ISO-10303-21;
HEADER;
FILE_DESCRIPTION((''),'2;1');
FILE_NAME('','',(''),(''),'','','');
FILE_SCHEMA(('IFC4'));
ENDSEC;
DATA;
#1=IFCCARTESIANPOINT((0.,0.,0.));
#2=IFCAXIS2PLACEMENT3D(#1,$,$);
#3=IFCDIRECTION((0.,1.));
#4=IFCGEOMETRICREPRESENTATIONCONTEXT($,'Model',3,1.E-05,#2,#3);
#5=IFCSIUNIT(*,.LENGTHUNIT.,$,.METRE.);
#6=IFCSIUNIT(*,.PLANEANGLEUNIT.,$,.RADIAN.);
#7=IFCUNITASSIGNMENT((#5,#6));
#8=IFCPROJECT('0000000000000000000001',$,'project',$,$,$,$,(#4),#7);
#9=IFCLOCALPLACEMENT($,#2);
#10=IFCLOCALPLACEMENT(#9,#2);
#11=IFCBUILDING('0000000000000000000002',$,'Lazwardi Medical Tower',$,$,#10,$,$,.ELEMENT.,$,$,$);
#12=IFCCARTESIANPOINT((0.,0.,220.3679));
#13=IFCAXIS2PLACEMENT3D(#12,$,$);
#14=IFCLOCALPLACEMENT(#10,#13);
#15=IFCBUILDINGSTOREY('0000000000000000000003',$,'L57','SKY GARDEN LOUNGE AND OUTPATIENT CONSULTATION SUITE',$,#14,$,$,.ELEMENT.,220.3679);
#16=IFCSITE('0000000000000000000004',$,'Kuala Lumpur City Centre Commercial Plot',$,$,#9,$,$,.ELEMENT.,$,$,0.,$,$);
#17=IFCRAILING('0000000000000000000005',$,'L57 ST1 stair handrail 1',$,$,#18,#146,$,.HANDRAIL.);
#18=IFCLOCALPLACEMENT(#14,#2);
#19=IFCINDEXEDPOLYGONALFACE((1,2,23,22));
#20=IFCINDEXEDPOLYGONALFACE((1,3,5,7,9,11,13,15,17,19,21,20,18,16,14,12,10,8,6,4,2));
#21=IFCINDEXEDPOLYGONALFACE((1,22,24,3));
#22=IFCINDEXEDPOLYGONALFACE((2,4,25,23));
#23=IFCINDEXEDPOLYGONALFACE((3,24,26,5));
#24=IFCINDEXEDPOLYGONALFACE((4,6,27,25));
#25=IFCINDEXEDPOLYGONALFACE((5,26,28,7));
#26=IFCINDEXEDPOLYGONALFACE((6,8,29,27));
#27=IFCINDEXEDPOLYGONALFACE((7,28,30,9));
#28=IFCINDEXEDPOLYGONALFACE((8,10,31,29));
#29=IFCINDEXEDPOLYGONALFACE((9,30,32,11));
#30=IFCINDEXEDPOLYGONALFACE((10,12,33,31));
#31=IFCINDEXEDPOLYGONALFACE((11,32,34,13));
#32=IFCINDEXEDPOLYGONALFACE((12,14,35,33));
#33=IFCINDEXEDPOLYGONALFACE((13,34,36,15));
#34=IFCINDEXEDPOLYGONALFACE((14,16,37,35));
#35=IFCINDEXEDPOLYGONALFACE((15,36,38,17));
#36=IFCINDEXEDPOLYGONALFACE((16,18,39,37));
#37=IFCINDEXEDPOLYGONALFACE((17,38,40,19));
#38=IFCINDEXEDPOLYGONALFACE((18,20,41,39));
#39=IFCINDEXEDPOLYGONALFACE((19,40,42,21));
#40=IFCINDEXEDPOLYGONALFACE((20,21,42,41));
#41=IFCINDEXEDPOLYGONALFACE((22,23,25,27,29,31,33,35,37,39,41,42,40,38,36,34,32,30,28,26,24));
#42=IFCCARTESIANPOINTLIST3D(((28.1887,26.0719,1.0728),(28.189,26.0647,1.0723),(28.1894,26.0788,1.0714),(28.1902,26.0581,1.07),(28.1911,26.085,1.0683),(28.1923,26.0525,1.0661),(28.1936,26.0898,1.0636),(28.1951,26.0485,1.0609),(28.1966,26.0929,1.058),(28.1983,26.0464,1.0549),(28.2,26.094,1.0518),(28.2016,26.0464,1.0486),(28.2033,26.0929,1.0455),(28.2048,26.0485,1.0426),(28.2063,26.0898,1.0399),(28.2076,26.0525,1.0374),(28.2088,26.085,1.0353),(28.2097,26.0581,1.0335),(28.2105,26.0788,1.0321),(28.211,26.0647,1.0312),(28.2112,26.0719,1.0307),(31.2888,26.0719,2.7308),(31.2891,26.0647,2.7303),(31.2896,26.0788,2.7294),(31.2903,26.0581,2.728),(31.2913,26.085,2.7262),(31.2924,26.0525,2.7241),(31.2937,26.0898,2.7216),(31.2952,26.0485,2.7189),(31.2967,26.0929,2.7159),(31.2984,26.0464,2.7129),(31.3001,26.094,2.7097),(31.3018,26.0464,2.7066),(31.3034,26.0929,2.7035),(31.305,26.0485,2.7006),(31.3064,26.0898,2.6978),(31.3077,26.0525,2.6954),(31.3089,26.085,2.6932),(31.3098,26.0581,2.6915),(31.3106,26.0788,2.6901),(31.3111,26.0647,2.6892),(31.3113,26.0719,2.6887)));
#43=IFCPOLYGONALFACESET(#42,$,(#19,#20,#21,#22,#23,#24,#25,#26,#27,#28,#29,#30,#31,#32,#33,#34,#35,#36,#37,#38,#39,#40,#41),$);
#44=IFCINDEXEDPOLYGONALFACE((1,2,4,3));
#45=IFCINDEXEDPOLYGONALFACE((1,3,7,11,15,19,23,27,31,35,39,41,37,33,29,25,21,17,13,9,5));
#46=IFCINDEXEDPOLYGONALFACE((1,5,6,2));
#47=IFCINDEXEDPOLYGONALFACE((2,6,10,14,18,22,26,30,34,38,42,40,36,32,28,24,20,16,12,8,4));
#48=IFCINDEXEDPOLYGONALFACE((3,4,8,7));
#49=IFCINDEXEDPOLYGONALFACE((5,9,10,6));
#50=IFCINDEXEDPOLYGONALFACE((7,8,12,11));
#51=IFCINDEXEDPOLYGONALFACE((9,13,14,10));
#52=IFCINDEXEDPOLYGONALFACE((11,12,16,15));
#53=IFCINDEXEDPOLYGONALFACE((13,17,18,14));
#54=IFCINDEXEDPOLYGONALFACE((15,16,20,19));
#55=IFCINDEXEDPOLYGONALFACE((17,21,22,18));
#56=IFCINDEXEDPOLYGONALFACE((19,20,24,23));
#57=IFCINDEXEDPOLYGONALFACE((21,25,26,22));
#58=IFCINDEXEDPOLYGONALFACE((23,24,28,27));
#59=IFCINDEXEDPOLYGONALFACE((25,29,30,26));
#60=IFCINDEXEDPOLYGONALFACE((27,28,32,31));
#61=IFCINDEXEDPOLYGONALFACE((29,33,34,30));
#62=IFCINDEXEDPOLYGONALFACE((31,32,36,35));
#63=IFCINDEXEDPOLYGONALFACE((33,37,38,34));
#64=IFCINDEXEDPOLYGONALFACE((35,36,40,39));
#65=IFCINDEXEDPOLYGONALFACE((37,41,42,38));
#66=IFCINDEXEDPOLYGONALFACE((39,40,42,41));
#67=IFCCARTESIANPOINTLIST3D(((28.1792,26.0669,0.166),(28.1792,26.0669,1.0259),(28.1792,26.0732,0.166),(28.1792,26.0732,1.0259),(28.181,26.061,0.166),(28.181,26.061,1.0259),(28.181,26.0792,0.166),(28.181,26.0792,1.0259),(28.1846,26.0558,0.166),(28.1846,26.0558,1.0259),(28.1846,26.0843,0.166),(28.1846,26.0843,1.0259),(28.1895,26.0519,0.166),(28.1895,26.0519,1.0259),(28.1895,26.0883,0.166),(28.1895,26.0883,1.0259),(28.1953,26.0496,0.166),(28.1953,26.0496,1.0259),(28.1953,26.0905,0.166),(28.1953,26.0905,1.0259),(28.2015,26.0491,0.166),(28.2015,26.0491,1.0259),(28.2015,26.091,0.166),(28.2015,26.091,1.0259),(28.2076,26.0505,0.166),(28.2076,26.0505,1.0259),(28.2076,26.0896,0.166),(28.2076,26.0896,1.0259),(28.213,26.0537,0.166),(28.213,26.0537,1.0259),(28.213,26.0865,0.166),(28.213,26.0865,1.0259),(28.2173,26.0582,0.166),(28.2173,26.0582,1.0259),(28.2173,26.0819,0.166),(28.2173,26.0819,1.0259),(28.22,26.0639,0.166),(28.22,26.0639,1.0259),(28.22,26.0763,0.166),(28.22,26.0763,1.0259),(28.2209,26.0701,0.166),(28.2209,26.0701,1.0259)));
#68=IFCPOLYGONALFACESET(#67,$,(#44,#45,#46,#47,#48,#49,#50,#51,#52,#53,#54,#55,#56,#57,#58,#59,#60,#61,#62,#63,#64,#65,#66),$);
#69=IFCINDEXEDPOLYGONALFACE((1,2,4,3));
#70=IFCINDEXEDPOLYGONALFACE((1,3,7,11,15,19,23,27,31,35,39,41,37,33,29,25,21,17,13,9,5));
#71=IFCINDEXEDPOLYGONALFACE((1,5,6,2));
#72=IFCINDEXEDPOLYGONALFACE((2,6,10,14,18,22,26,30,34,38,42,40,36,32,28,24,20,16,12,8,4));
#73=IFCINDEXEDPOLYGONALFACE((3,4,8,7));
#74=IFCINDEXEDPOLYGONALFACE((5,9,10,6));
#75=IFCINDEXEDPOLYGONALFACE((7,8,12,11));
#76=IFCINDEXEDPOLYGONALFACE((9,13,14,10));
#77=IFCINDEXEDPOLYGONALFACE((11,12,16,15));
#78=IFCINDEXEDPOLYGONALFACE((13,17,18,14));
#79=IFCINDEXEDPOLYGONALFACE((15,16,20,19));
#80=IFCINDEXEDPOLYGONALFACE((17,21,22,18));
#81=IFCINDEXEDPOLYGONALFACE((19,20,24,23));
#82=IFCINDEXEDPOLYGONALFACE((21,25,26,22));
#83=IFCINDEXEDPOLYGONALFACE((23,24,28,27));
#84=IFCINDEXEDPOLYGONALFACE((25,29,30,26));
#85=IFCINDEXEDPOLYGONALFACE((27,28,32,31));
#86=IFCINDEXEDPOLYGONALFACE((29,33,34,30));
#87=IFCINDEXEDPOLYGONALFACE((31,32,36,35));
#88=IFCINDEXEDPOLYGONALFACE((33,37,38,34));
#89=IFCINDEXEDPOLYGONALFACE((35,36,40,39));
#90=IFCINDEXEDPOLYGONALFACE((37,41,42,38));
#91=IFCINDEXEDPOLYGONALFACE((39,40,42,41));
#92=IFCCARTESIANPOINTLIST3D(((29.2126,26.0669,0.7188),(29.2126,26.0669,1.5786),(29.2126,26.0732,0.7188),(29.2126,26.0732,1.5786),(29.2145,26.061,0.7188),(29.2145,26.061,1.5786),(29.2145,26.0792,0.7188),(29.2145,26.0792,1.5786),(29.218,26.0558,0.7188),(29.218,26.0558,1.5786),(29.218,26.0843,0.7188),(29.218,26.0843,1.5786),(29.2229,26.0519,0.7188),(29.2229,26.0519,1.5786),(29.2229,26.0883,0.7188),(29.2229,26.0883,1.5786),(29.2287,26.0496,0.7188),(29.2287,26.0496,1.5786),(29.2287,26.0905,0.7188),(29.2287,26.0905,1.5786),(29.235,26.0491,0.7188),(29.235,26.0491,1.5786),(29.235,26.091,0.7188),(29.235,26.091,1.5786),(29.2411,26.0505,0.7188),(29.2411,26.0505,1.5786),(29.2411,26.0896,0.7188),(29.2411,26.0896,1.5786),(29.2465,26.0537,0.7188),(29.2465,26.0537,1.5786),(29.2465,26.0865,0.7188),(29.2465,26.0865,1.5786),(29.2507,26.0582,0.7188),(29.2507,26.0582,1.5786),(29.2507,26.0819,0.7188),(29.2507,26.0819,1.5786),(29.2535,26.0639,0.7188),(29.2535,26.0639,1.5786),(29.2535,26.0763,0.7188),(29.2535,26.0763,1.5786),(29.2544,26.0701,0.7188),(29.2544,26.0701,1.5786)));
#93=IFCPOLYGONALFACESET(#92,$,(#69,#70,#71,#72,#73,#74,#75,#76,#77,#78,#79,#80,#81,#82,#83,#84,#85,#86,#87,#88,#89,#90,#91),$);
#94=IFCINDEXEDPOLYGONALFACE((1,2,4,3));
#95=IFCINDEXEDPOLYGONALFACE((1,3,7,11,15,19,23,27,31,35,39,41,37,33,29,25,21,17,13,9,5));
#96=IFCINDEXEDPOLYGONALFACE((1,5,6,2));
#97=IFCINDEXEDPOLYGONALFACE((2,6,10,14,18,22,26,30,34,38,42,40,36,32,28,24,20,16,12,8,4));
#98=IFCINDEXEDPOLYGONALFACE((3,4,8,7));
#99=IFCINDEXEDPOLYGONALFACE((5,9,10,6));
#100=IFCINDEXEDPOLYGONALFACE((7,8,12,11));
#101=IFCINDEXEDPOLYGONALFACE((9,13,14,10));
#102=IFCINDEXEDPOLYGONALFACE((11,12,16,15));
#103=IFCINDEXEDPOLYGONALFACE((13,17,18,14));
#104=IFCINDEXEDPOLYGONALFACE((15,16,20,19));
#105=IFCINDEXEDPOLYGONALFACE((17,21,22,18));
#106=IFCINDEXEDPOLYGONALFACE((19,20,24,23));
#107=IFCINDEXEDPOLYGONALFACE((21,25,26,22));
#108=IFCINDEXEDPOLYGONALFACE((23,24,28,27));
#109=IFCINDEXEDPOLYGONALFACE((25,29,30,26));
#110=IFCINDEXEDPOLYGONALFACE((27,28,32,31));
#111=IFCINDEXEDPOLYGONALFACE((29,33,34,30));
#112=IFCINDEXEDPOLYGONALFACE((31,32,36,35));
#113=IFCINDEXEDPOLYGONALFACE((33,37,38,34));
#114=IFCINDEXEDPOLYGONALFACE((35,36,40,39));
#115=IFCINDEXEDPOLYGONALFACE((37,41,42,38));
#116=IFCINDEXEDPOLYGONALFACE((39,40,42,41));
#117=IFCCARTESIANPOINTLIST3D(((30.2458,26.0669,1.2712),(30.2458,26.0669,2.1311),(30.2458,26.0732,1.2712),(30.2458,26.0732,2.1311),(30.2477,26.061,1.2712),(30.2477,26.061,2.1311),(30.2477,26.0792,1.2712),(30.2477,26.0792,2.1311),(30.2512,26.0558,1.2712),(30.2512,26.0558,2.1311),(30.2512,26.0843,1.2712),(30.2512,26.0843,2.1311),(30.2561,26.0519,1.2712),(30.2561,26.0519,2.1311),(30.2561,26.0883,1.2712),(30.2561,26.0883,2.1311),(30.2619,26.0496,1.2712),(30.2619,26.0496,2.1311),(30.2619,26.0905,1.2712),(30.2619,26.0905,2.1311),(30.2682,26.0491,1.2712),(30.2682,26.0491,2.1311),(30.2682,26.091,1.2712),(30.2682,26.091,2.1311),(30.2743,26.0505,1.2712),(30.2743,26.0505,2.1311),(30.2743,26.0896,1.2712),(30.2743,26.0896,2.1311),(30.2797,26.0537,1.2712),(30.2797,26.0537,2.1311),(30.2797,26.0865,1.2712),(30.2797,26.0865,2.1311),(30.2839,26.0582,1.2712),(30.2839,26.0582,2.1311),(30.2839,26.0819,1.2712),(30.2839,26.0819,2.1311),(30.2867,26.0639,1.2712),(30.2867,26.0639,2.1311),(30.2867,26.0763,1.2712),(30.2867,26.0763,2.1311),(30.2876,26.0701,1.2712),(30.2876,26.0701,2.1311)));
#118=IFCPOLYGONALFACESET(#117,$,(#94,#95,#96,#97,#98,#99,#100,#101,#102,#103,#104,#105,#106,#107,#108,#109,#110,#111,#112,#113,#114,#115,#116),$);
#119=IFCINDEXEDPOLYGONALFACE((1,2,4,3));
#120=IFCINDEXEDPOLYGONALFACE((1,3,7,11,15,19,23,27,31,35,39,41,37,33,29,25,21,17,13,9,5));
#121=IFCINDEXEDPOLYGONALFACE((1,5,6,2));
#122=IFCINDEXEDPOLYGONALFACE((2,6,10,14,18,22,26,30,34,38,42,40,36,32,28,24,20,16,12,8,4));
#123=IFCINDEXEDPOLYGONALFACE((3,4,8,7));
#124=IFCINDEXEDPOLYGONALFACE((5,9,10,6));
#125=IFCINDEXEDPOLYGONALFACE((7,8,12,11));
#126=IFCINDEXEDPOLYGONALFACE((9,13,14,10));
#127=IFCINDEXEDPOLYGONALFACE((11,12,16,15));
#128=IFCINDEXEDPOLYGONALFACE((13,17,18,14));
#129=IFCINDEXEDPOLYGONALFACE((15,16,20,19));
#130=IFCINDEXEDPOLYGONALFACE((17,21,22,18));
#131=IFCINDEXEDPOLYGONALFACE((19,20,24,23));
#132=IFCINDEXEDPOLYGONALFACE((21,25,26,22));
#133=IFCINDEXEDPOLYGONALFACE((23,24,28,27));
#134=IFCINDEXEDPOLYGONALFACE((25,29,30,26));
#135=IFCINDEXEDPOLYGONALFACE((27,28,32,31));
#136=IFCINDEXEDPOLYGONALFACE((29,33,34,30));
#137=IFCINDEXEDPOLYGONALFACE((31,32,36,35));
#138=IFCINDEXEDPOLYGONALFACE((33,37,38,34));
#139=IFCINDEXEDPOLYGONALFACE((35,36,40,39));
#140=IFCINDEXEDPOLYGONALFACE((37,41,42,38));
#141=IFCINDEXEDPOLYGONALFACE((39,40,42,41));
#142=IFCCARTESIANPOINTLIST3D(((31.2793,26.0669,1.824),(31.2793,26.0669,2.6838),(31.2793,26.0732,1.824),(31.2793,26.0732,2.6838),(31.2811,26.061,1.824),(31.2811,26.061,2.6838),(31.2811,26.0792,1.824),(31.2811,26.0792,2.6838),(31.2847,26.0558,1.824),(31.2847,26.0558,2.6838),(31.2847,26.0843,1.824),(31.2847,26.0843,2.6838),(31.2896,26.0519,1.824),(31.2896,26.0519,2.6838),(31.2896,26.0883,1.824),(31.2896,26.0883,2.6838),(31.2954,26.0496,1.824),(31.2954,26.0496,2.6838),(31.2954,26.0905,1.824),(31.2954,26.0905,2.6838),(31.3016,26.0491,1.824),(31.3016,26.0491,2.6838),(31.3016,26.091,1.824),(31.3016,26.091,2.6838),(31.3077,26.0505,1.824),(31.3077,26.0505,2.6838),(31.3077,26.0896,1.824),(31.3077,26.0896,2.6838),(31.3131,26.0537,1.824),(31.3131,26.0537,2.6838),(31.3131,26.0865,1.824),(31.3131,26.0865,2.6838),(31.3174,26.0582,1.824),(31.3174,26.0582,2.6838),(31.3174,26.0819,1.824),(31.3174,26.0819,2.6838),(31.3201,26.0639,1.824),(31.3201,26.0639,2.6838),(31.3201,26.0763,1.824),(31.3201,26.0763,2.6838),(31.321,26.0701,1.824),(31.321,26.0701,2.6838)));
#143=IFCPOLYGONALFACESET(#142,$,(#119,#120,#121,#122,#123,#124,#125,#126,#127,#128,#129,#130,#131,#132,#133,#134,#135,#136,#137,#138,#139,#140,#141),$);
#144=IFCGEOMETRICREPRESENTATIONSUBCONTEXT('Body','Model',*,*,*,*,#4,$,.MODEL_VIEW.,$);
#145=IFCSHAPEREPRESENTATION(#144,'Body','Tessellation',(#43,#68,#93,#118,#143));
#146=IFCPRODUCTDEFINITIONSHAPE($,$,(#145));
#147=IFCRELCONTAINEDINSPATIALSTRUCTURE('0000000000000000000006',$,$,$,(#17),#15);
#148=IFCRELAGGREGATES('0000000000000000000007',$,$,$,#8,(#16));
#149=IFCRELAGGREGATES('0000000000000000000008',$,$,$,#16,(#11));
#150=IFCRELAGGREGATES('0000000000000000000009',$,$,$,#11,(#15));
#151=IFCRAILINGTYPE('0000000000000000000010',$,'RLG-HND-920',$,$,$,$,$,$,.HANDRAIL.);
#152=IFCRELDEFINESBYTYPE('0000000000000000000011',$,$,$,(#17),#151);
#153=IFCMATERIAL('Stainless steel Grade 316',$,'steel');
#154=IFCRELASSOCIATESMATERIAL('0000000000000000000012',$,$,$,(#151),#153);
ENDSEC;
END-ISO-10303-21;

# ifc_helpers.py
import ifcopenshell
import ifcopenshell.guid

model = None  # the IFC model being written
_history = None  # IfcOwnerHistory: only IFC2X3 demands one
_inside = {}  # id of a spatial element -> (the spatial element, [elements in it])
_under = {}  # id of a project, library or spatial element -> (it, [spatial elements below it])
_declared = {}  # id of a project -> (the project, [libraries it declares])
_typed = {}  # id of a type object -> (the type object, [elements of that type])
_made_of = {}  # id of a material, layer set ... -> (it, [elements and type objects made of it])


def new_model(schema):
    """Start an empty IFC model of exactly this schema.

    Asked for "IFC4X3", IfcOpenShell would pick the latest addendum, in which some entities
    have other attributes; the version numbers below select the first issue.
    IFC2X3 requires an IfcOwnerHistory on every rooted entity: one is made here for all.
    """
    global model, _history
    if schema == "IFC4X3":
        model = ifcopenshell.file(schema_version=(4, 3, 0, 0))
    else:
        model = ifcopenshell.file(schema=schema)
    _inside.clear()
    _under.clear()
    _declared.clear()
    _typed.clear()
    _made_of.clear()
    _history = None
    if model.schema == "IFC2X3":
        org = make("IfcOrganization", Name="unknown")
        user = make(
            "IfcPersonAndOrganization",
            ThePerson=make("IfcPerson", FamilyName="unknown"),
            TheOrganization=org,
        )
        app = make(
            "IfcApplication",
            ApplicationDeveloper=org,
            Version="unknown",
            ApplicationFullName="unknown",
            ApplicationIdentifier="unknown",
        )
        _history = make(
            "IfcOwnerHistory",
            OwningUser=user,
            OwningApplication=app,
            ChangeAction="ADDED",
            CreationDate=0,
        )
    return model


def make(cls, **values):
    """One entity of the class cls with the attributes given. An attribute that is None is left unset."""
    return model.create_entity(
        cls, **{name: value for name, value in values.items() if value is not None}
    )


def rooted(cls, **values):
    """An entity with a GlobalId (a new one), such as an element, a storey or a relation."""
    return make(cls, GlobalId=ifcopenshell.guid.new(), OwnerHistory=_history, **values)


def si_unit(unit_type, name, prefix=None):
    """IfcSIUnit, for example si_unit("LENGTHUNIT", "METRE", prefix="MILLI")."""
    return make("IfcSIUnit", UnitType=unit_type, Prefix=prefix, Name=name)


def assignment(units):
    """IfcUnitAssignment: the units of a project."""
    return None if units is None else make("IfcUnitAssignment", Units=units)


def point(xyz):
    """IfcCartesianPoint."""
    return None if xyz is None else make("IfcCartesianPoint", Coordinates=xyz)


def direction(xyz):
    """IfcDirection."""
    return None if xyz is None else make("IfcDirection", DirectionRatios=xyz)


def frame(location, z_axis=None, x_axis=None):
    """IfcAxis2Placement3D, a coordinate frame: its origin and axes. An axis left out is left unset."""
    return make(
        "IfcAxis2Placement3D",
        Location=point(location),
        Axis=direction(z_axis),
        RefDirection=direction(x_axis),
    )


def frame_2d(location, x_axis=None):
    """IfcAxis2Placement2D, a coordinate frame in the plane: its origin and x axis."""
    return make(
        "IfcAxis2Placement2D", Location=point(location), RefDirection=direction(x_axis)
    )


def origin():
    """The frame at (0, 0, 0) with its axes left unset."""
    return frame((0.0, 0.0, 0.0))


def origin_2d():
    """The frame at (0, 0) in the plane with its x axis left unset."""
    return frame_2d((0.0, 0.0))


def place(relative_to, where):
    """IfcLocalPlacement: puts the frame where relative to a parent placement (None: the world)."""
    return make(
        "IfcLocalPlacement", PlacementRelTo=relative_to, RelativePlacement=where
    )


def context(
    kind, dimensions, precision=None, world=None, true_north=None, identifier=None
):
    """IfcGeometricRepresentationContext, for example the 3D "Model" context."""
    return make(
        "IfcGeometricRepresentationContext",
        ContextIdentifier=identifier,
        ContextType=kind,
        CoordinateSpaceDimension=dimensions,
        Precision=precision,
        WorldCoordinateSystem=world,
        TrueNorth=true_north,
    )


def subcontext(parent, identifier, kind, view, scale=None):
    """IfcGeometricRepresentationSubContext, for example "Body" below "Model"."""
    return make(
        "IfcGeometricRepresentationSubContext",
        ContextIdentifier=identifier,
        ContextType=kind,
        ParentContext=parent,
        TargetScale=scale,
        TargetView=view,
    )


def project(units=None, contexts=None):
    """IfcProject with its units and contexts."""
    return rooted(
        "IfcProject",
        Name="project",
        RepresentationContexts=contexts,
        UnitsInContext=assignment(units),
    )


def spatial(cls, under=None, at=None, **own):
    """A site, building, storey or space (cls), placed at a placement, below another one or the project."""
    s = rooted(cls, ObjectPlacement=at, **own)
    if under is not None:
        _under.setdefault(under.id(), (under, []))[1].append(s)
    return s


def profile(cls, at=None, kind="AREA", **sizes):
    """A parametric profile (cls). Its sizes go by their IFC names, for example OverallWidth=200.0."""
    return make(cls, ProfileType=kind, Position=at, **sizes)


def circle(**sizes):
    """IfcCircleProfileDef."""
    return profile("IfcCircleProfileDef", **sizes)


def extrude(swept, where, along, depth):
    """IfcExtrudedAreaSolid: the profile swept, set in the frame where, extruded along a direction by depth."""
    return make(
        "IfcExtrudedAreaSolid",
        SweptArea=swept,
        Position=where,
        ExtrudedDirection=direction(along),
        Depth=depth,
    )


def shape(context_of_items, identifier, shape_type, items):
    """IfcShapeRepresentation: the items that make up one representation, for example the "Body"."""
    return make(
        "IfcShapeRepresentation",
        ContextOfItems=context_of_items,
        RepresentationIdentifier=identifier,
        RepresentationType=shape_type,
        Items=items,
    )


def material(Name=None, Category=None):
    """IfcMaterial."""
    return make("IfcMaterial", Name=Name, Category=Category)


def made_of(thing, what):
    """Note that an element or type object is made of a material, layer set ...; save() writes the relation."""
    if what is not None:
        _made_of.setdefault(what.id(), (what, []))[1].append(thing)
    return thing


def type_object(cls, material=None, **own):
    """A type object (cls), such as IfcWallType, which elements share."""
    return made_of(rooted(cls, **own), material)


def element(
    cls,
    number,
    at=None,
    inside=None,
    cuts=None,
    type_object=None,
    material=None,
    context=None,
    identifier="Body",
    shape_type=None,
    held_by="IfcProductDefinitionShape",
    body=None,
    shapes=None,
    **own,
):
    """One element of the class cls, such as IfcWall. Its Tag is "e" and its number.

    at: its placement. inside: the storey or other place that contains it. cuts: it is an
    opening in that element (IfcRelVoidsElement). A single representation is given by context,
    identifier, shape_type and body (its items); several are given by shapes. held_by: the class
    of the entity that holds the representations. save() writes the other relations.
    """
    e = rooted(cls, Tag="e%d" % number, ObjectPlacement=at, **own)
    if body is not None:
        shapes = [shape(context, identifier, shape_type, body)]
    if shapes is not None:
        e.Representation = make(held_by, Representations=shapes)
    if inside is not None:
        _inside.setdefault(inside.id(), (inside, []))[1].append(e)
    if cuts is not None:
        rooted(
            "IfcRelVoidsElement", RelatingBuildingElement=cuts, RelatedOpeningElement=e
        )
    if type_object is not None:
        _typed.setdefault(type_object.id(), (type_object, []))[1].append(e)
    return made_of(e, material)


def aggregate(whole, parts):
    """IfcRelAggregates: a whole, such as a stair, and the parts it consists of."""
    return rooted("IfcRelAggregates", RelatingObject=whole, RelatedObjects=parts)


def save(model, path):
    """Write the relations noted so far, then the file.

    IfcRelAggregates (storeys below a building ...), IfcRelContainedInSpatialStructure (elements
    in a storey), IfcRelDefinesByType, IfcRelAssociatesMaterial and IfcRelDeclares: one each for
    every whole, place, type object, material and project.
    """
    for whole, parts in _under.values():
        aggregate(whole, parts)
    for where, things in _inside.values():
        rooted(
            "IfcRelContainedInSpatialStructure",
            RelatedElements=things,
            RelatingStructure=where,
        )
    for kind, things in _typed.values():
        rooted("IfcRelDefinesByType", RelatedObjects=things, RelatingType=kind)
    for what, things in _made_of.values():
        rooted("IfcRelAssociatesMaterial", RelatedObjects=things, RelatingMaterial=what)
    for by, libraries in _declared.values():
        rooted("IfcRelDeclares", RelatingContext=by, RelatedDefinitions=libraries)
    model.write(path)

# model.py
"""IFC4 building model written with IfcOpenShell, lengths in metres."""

from ifc_helpers import new_model, si_unit, direction, frame, origin, origin_2d, place, context, subcontext, project, spatial, circle, extrude, material, type_object, element, save


model = new_model("IFC4")

# Units and contexts
model_context = context("Model", 3, precision=1e-05, world=origin(), true_north=direction((0.0, 1.0)))
body_context = subcontext(model_context, "Body", "Model", "MODEL_VIEW")
ifc_project = project(units=[si_unit("LENGTHUNIT", "METRE"), si_unit("PLANEANGLEUNIT", "RADIAN")], contexts=[model_context])

# Site, building, storey
site_placement = place(None, origin())
site = spatial("IfcSite", under=ifc_project, at=site_placement, Name="Kuala Lumpur City Centre Commercial Plot", CompositionType="ELEMENT", RefElevation=0.0)
building_placement = place(site_placement, origin())
building = spatial("IfcBuilding", under=site, at=building_placement, Name="Lazwardi Medical Tower", CompositionType="ELEMENT")
storey_placement = place(building_placement, frame((0.0, 0.0, 220.3679)))
storey = spatial("IfcBuildingStorey", under=building, at=storey_placement, Name="L57", Description="SKY GARDEN LOUNGE AND OUTPATIENT CONSULTATION SUITE", CompositionType="ELEMENT", Elevation=220.3679)

# Railing
ifc_material_1 = material(Name="Stainless steel Grade 316", Category="steel")
railing_type_1 = type_object("IfcRailingType", Name="RLG-HND-920", PredefinedType="HANDRAIL", material=ifc_material_1)
railing_1_placement = place(storey_placement, frame((28.2, 26.0701, 0.166)))
element("IfcRailing", 1, at=railing_1_placement, inside=storey, type_object=railing_type_1, Name="L57 ST1 stair handrail 1", PredefinedType="HANDRAIL", context=body_context, shape_type="SweptSolid", body=[
    extrude(circle(Radius=0.0239, at=origin_2d()), frame((0.0, 0.0, 0.8857), z_axis=(0.881812, 0.0, 0.471601), x_axis=(0.0, 1.0, 0.0)), (0.0, 0.0, 1.0), 3.5156),
    extrude(circle(Radius=0.021, at=origin_2d()), origin(), (0.0, 0.0, 1.0), 0.8599),
    extrude(circle(Radius=0.021, at=origin_2d()), frame((1.0334, 0.0, 0.5527)), (0.0, 0.0, 1.0), 0.8599),
    extrude(circle(Radius=0.021, at=origin_2d()), frame((2.0667, 0.0, 1.1052)), (0.0, 0.0, 1.0), 0.8599),
    extrude(circle(Radius=0.021, at=origin_2d()), frame((3.1001, 0.0, 1.658)), (0.0, 0.0, 1.0), 0.8599),
])

save(model, "model.ifc")
